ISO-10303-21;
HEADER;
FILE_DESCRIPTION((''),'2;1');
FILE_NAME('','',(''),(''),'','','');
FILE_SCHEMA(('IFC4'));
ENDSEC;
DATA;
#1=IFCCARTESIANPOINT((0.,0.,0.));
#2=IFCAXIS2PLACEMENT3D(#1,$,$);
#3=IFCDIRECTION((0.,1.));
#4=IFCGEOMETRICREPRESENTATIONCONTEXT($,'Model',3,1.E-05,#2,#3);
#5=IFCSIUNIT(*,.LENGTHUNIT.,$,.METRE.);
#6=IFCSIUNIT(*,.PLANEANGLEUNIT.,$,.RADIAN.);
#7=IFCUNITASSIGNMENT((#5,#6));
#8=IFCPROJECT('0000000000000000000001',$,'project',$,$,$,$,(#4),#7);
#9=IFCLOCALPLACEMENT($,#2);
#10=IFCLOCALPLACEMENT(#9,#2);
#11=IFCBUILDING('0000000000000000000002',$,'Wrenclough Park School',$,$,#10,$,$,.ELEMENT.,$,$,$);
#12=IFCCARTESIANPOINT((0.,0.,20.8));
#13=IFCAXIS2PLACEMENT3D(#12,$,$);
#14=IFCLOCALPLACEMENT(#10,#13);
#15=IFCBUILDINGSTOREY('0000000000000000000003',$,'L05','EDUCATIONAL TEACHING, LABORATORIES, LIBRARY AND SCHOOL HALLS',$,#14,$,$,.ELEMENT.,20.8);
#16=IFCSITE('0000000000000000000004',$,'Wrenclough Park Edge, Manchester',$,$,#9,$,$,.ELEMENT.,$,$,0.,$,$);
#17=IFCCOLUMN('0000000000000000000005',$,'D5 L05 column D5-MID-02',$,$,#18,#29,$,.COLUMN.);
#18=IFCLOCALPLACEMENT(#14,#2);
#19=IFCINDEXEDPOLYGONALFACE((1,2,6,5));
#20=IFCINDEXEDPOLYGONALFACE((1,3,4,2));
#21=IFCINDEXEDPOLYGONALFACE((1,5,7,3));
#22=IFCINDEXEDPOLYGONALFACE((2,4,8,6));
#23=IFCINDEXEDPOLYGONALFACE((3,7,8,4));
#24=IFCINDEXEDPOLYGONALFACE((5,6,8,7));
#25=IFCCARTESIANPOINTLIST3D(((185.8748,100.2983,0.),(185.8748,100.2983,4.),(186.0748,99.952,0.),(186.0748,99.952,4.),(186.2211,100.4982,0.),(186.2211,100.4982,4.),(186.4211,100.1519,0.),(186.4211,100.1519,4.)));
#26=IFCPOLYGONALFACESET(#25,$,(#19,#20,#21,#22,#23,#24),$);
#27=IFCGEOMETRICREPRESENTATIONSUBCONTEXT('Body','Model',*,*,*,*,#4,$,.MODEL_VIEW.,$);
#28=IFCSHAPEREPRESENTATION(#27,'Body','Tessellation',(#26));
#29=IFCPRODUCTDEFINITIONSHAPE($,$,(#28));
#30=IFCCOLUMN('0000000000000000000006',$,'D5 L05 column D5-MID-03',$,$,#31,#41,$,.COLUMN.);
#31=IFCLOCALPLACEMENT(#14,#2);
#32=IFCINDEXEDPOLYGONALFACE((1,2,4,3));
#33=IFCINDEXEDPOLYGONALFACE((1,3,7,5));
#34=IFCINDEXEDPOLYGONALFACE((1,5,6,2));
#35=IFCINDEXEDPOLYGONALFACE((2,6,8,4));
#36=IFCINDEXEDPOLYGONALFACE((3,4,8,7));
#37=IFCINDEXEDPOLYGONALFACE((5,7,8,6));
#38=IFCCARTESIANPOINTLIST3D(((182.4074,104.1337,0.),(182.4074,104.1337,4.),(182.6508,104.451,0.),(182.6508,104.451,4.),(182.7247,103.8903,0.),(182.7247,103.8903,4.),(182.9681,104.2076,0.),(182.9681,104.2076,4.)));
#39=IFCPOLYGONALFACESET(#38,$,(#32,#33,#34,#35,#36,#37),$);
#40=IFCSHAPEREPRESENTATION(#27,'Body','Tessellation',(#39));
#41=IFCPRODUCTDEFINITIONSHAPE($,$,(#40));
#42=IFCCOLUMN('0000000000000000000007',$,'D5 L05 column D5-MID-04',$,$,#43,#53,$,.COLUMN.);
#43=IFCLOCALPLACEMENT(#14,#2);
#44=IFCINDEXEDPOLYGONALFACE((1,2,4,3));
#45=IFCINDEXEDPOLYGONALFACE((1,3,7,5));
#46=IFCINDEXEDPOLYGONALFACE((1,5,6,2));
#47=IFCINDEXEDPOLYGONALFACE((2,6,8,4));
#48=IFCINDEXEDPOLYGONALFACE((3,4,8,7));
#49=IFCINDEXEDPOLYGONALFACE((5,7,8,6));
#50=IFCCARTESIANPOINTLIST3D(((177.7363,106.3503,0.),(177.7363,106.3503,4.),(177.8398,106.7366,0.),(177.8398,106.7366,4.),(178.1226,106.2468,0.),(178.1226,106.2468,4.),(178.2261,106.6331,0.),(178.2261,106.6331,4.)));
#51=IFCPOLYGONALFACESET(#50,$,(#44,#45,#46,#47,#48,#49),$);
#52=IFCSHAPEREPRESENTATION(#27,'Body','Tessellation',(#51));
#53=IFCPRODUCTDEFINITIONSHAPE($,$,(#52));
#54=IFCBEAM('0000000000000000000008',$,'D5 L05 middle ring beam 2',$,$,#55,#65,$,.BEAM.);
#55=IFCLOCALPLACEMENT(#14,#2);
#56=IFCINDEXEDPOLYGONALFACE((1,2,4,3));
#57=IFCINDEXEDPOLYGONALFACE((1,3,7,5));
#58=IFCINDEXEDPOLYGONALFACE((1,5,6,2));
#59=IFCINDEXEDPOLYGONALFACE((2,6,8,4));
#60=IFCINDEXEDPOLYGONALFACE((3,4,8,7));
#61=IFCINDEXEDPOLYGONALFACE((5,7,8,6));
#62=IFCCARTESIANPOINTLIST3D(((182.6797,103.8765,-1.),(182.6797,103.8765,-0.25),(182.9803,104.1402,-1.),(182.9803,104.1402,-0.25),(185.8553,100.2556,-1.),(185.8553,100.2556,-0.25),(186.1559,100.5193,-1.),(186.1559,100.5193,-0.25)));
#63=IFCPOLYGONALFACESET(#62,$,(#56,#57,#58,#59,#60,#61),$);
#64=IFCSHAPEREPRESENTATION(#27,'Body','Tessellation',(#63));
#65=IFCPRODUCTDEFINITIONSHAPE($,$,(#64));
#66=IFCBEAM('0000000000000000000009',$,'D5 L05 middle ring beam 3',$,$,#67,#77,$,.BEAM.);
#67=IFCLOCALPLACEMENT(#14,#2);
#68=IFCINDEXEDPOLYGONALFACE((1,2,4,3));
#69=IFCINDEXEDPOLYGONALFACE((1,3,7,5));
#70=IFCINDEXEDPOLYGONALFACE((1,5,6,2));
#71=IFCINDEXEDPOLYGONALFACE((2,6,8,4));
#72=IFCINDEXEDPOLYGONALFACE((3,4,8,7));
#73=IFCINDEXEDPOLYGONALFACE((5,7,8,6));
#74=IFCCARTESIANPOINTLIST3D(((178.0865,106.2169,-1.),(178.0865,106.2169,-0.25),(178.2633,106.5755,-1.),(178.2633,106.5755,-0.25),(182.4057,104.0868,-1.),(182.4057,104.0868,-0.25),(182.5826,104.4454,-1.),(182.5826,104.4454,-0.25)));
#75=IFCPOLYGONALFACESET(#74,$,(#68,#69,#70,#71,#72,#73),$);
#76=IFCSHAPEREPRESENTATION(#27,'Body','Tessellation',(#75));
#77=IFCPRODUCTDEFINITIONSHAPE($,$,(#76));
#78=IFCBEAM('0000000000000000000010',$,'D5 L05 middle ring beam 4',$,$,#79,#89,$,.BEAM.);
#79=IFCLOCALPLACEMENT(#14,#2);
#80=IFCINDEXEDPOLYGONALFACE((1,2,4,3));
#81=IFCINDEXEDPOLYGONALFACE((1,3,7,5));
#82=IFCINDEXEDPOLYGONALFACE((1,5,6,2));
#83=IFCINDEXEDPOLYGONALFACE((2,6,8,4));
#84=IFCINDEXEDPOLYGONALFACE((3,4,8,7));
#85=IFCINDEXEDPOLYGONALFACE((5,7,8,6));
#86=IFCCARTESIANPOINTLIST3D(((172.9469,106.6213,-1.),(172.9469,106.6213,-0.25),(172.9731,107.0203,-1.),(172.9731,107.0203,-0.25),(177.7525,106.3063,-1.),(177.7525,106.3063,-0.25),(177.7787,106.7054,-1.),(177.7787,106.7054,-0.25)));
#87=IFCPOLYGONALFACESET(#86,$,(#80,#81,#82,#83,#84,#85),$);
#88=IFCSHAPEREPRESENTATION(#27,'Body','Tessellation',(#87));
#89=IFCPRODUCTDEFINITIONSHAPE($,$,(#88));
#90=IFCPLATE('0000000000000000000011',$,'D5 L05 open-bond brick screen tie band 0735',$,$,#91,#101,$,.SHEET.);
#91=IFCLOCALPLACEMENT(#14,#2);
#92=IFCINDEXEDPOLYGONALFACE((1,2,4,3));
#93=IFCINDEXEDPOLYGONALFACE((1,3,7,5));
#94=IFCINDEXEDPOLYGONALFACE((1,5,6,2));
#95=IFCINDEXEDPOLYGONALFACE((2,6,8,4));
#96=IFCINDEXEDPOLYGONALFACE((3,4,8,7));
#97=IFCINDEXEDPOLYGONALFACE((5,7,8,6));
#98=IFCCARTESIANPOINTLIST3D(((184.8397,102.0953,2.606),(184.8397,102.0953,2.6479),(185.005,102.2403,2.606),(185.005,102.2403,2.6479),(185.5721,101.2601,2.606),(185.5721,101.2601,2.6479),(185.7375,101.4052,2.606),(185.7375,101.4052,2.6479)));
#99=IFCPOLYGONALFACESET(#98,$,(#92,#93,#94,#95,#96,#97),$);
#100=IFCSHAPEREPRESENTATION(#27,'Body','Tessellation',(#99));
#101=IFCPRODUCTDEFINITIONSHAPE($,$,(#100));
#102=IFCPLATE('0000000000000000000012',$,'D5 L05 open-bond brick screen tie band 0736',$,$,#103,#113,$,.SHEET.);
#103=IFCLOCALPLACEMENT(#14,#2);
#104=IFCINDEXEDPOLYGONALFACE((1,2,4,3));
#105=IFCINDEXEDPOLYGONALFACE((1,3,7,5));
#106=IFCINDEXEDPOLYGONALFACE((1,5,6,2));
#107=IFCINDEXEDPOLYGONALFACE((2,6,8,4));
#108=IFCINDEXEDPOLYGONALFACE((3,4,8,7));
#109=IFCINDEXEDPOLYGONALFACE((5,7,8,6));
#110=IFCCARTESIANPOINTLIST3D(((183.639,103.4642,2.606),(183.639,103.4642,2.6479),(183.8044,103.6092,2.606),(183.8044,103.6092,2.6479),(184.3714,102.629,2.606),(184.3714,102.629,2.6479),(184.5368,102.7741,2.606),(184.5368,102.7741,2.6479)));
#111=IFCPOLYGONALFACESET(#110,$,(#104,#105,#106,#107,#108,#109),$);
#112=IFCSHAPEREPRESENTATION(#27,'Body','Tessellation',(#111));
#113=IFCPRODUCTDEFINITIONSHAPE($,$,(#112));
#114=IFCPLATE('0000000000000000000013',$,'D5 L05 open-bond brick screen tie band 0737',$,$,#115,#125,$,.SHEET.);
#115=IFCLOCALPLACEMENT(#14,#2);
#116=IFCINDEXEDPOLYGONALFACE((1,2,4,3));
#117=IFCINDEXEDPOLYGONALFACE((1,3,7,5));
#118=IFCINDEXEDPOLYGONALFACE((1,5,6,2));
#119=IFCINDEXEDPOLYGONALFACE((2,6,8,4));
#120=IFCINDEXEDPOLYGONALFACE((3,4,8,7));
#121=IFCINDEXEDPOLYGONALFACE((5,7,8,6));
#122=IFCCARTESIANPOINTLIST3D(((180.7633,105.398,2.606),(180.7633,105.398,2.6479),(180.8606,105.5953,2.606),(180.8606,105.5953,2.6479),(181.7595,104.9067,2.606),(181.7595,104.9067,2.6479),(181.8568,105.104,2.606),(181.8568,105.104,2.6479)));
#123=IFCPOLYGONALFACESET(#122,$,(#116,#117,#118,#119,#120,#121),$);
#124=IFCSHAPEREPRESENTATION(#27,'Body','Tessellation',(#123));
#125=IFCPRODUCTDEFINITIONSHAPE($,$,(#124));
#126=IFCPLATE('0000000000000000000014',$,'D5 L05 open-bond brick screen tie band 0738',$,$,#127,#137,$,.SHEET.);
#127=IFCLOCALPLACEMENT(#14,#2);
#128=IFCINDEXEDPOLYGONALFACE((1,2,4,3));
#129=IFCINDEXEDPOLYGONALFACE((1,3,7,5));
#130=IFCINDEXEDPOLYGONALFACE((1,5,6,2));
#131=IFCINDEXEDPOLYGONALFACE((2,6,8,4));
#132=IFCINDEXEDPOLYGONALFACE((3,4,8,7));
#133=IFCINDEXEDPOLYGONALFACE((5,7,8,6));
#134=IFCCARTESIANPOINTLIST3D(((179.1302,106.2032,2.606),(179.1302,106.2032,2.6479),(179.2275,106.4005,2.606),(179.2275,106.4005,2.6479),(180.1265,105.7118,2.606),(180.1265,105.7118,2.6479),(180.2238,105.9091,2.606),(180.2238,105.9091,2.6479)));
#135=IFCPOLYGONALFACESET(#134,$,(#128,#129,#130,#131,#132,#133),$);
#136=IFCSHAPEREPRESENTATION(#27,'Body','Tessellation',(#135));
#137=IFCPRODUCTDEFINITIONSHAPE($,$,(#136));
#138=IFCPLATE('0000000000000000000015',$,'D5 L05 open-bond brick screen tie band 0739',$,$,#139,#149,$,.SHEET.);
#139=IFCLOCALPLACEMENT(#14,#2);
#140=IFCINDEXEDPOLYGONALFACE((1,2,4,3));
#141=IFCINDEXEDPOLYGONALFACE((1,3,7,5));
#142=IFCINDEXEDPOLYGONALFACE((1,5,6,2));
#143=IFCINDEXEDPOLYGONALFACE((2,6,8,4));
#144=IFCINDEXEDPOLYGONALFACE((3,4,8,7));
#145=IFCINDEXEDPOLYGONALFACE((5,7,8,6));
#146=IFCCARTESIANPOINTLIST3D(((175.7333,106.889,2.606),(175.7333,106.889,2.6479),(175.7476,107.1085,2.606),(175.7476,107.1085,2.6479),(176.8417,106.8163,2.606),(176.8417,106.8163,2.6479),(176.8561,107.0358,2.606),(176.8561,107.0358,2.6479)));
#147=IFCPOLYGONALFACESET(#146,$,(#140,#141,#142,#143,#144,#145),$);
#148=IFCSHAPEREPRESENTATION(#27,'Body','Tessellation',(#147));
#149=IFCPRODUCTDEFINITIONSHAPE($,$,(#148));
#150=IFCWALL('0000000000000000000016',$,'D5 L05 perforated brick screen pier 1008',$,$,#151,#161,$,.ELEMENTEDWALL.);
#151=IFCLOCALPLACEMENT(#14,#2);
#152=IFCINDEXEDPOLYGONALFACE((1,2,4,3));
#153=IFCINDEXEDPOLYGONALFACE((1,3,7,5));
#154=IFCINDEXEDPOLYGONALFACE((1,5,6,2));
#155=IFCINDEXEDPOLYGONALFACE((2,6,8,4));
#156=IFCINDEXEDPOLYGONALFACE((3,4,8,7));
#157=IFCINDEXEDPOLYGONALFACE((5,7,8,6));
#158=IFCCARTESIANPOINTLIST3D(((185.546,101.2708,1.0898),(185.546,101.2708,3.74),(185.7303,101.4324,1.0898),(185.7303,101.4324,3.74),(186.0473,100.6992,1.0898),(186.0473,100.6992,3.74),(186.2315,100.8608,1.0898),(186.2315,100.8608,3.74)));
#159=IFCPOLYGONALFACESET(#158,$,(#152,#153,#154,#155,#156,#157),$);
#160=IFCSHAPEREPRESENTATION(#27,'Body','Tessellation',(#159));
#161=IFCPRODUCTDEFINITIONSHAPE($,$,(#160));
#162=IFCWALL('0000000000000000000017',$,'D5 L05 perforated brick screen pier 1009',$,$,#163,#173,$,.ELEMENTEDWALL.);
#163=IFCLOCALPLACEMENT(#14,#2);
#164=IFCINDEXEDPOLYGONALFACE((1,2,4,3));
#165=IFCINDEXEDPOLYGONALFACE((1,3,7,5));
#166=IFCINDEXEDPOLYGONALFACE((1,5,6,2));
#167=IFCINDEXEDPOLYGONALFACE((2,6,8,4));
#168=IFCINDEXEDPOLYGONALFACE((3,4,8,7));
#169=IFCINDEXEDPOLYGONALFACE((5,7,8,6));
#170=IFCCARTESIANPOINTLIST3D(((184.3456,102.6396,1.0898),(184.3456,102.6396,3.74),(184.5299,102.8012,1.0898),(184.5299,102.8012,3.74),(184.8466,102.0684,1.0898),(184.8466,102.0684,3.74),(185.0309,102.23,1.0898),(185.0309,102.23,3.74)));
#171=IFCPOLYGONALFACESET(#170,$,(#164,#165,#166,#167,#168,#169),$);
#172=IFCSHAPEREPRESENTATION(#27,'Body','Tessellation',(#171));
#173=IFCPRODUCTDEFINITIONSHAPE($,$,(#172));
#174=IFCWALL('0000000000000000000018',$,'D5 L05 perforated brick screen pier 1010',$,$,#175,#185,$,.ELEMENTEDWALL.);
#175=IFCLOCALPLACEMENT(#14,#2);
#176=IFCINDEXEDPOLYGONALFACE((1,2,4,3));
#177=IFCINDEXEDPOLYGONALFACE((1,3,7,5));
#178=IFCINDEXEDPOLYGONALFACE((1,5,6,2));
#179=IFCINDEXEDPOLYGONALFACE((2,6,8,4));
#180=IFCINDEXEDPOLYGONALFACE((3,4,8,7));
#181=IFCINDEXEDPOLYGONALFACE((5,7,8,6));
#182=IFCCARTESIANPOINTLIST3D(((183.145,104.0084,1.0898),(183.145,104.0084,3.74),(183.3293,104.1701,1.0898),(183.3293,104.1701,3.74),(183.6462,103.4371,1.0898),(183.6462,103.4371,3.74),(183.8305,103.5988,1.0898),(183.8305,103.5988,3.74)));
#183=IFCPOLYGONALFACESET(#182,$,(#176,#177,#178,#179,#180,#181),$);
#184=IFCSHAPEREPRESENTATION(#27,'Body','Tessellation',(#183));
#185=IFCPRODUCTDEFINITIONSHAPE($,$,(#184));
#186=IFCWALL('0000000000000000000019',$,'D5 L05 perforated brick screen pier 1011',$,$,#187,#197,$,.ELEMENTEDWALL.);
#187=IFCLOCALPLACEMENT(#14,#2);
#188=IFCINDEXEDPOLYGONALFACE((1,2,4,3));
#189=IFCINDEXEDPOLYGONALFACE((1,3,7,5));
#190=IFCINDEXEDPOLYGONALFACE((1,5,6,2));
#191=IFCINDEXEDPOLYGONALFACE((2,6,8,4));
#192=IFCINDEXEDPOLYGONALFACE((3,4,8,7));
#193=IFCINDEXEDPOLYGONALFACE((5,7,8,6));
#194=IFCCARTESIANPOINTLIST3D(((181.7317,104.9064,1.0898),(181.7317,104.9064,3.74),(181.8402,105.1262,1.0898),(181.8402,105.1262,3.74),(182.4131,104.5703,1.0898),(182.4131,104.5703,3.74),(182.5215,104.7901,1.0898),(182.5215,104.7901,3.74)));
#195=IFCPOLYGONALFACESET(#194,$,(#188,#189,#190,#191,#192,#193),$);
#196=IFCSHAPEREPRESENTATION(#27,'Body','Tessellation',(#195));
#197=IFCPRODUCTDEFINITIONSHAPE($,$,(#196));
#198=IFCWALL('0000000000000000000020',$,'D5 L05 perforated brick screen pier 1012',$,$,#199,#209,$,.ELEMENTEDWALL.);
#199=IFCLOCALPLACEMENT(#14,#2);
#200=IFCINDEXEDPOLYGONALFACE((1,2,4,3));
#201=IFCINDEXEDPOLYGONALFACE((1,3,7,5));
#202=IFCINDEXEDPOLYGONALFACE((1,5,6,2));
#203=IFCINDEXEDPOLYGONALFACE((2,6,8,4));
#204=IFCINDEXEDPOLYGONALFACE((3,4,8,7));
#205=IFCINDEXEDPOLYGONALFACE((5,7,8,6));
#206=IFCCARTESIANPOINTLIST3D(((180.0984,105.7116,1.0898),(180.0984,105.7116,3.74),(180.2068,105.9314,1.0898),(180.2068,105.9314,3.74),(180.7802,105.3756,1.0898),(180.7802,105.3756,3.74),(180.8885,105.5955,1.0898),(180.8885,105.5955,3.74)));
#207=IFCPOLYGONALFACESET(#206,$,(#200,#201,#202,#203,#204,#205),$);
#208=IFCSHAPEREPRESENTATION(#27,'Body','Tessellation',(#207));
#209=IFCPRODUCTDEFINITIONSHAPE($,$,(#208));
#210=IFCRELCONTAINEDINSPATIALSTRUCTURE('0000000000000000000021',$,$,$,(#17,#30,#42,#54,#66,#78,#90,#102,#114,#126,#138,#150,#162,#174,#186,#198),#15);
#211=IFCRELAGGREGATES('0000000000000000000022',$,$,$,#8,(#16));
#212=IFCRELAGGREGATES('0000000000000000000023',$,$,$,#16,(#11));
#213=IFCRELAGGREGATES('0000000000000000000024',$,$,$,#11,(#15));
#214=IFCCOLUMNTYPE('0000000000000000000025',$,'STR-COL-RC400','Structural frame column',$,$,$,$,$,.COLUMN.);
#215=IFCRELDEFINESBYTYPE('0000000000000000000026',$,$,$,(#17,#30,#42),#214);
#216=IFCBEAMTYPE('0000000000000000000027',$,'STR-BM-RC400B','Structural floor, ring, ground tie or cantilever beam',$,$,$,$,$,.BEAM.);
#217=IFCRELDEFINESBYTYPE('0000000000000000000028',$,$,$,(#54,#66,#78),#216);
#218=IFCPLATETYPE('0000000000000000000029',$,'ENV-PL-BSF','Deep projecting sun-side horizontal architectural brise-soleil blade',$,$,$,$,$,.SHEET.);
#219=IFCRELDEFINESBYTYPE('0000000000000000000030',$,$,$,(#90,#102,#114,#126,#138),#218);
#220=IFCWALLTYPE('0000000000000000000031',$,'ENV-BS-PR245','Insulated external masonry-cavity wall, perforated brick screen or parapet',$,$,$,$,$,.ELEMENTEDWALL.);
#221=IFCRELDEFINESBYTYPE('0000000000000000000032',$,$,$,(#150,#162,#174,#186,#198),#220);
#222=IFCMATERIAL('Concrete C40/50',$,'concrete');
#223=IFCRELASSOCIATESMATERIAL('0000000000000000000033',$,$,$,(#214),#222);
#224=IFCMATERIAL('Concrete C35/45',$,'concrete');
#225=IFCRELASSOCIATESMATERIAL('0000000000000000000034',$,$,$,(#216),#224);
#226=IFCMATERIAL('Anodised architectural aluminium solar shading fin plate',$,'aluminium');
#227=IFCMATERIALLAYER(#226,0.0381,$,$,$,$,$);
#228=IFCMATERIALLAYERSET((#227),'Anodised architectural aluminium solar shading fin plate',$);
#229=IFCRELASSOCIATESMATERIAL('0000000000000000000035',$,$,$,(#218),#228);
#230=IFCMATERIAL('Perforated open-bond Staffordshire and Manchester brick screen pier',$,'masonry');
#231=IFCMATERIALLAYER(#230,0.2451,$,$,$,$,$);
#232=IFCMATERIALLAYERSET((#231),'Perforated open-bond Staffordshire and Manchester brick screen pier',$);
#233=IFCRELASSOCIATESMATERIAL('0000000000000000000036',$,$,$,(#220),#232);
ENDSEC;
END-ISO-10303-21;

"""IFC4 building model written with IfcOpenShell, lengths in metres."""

from ifc_helpers import new_model, si_unit, direction, frame, frame_2d, origin, origin_2d, place, context, subcontext, project, spatial, rectangle, extrude, material, layer, layer_set, material_profile, profile_set, type_object, element, save


model = new_model("IFC4")

# Units and contexts
model_context = context("Model", 3, precision=1e-05, world=origin(), true_north=direction((0.0, 1.0)))
body_context = subcontext(model_context, "Body", "Model", "MODEL_VIEW")
ifc_project = project(units=[si_unit("LENGTHUNIT", "METRE"), si_unit("PLANEANGLEUNIT", "RADIAN")], contexts=[model_context])

# Site, building, storey
site_placement = place(None, origin())
site = spatial("IfcSite", under=ifc_project, at=site_placement, Name="Wrenclough Park Edge, Manchester", CompositionType="ELEMENT", RefElevation=0.0)
building_placement = place(site_placement, origin())
building = spatial("IfcBuilding", under=site, at=building_placement, Name="Wrenclough Park School", CompositionType="ELEMENT")
storey_placement = place(building_placement, frame((0.0, 0.0, 20.8)))
storey = spatial("IfcBuildingStorey", under=building, at=storey_placement, Name="L05", Description="EDUCATIONAL TEACHING, LABORATORIES, LIBRARY AND SCHOOL HALLS", CompositionType="ELEMENT", Elevation=20.8)

# Columns
ifc_material_1 = material(Name="Concrete C40/50", Category="concrete")
ifc_material_profile_1 = material_profile(ifc_material_1, rectangle(XDim=0.3999, YDim=0.3999, at=origin_2d()), Name="RC COL 400x400")
ifc_profile_set_1 = profile_set([ifc_material_profile_1], Name="Concrete C40/50")
column_type = type_object("IfcColumnType", Name="STR-COL-RC400", Description="Structural frame column", PredefinedType="COLUMN", material=ifc_profile_set_1)
for number, where, z_axis, x_axis, name in (
    (1, (186.1479, 100.2251, 0.0), (0.0, 0.0, 1.0), (-0.5, 0.866025, 0.0), "D5 L05 column D5-MID-02"),
    (2, (182.6877, 104.1707, 0.0), (0.0, 0.0, 1.0), (-0.793353, 0.608761, 0.0), "D5 L05 column D5-MID-03"),
    (3, (177.9812, 106.4917, 0.0), (0.0, 0.0, 1.0), (-0.965926, 0.258819, 0.0), "D5 L05 column D5-MID-04"),
):
    element("IfcColumn", number, at=place(storey_placement, frame(where, z_axis=z_axis, x_axis=x_axis)), inside=storey, type_object=column_type, Name=name, PredefinedType="COLUMN", context=body_context, shape_type="SweptSolid", body=[
        extrude(rectangle(XDim=0.3999, YDim=0.3999, at=origin_2d()), origin(), (0.0, 0.0, 1.0), 4.0),
    ])

# Beams
ifc_material_2 = material(Name="Concrete C35/45", Category="concrete")
ifc_material_profile_2 = material_profile(ifc_material_2, rectangle(XDim=0.3999, YDim=0.75, at=origin_2d()), Name="RC BEAM 400x750")
ifc_profile_set_2 = profile_set([ifc_material_profile_2], Name="Concrete C35/45")
beam_type = type_object("IfcBeamType", Name="STR-BM-RC400B", Description="Structural floor, ring, ground tie or cantilever beam", PredefinedType="BEAM", material=ifc_profile_set_2)
beam_placement = place(storey_placement, frame((186.0056, 100.3875, -0.625), z_axis=(-0.659362, 0.751826, 0.0), x_axis=(-0.751826, -0.659362, 0.0)))
element("IfcBeam", 4, at=beam_placement, inside=storey, type_object=beam_type, Name="D5 L05 middle ring beam 2", PredefinedType="BEAM", context=body_context, shape_type="SweptSolid", body=[
    extrude(rectangle(XDim=0.3999, YDim=0.75, at=origin_2d()), origin(), (0.0, 0.0, 1.0), 4.8162),
])
for number, where, z_axis, x_axis, name in (
    (5, (182.4941, 104.2661, -0.625), (-0.896867, 0.4423, 0.0), (-0.4423, -0.896867, 0.0), "D5 L05 middle ring beam 3"),
    (6, (177.7656, 106.5059, -0.625), (-0.997859, 0.065395, 0.0), (-0.065395, -0.997859, 0.0), "D5 L05 middle ring beam 4"),
):
    element("IfcBeam", number, at=place(storey_placement, frame(where, z_axis=z_axis, x_axis=x_axis)), inside=storey, type_object=beam_type, Name=name, PredefinedType="BEAM", context=body_context, shape_type="SweptSolid", body=[
        extrude(rectangle(XDim=0.3999, YDim=0.75, at=origin_2d()), origin(), (0.0, 0.0, 1.0), 4.8159),
    ])

# Plates
ifc_material_3 = material(Name="Anodised architectural aluminium solar shading fin plate", Category="aluminium")
ifc_layer_1 = layer(ifc_material_3, 0.0381)
ifc_layer_set_1 = layer_set([ifc_layer_1], Name="Anodised architectural aluminium solar shading fin plate")
plate_type = type_object("IfcPlateType", Name="ENV-PL-BSF", Description="Deep projecting sun-side horizontal architectural brise-soleil blade", PredefinedType="SHEET", material=ifc_layer_set_1)
for number, where, z_axis, x_axis, name in (
    (7, (185.2886, 101.7502, 2.606), (0.0, 0.0, 1.0), (-0.659351, 0.751836, 0.0), "D5 L05 open-bond brick screen tie band 0735"),
    (8, (184.0879, 103.1191, 2.606), (0.0, 0.0, 1.0), (-0.659351, 0.751836, 0.0), "D5 L05 open-bond brick screen tie band 0736"),
    (9, (181.3101, 105.251, 2.606), (0.0, 0.0, 1.0), (-0.896867, 0.442301, 0.0), "D5 L05 open-bond brick screen tie band 0737"),
    (10, (179.677, 106.0562, 2.606), (0.0, 0.0, 1.0), (-0.896867, 0.442301, 0.0), "D5 L05 open-bond brick screen tie band 0738"),
    (11, (176.2947, 106.9624, 2.606), (0.0, 0.0, 1.0), (-0.99786, 0.06539, 0.0), "D5 L05 open-bond brick screen tie band 0739"),
):
    element("IfcPlate", number, at=place(storey_placement, frame(where, z_axis=z_axis, x_axis=x_axis)), inside=storey, type_object=plate_type, Name=name, PredefinedType="SHEET", context=body_context, shape_type="SweptSolid", body=[
        extrude(rectangle(XDim=1.1108, YDim=0.22, at=origin_2d()), origin(), (0.0, 0.0, 1.0), 0.042),
    ])

# Walls
ifc_material_4 = material(Name="Perforated open-bond Staffordshire and Manchester brick screen pier", Category="masonry")
ifc_layer_2 = layer(ifc_material_4, 0.2451)
ifc_layer_set_2 = layer_set([ifc_layer_2], Name="Perforated open-bond Staffordshire and Manchester brick screen pier")
wall_type_1 = type_object("IfcWallType", Name="ENV-BS-PR245", Description="Insulated external masonry-cavity wall, perforated brick screen or parapet", PredefinedType="ELEMENTEDWALL", material=ifc_layer_set_2)
wall_1_placement = place(storey_placement, frame((186.1394, 100.78, 1.0898), z_axis=(0.0, 0.0, 1.0), x_axis=(-0.659345, 0.75184, 0.0)))
element("IfcWall", 12, at=wall_1_placement, inside=storey, type_object=wall_type_1, Name="D5 L05 perforated brick screen pier 1008", PredefinedType="ELEMENTEDWALL", context=body_context, shape_type="SweptSolid", body=[
    extrude(rectangle(XDim=0.7603, YDim=0.2451, at=frame_2d((0.3801, 0.0))), origin(), (0.0, 0.0, 1.0), 2.6501),
])
wall_2_placement = place(storey_placement, frame((184.9387, 102.1492, 1.0898), z_axis=(0.0, 0.0, 1.0), x_axis=(-0.659323, 0.75186, 0.0)))
element("IfcWall", 13, at=wall_2_placement, inside=storey, type_object=wall_type_1, Name="D5 L05 perforated brick screen pier 1009", PredefinedType="ELEMENTEDWALL", context=body_context, shape_type="SweptSolid", body=[
    extrude(rectangle(XDim=0.7598, YDim=0.2451, at=frame_2d((0.3799, 0.0))), origin(), (0.0, 0.0, 1.0), 2.6501),
])
wall_3_placement = place(storey_placement, frame((183.7383, 103.5181, 1.0898), z_axis=(0.0, 0.0, 1.0), x_axis=(-0.659505, 0.7517, 0.0)))
element("IfcWall", 14, at=wall_3_placement, inside=storey, type_object=wall_type_1, Name="D5 L05 perforated brick screen pier 1010", PredefinedType="ELEMENTEDWALL", context=body_context, shape_type="SweptSolid", body=[
    extrude(rectangle(XDim=0.76, YDim=0.2451, at=frame_2d((0.3799, 0.0))), origin(), (0.0, 0.0, 1.0), 2.6501),
])
wall_4_placement = place(storey_placement, frame((182.4673, 104.6802, 1.0898), z_axis=(0.0, 0.0, 1.0), x_axis=(-0.896792, 0.442452, 0.0)))
element("IfcWall", 15, at=wall_4_placement, inside=storey, type_object=wall_type_1, Name="D5 L05 perforated brick screen pier 1011", PredefinedType="ELEMENTEDWALL", context=body_context, shape_type="SweptSolid", body=[
    extrude(rectangle(XDim=0.7598, YDim=0.2451, at=frame_2d((0.3799, 0.0))), origin(), (0.0, 0.0, 1.0), 2.6501),
])
for number, where, z_axis, x_axis, name in (
    (16, (180.8342, 105.4856, 1.0898), (0.0, 0.0, 1.0), (-0.896983, 0.442066, 0.0), "D5 L05 perforated brick screen pier 1012"),
):
    element("IfcWall", number, at=place(storey_placement, frame(where, z_axis=z_axis, x_axis=x_axis)), inside=storey, type_object=wall_type_1, Name=name, PredefinedType="ELEMENTEDWALL", context=body_context, shape_type="SweptSolid", body=[
        extrude(rectangle(XDim=0.76, YDim=0.2451, at=frame_2d((0.3799, 0.0))), origin(), (0.0, 0.0, 1.0), 2.6501),
    ])

save(model, "model.ifc")
